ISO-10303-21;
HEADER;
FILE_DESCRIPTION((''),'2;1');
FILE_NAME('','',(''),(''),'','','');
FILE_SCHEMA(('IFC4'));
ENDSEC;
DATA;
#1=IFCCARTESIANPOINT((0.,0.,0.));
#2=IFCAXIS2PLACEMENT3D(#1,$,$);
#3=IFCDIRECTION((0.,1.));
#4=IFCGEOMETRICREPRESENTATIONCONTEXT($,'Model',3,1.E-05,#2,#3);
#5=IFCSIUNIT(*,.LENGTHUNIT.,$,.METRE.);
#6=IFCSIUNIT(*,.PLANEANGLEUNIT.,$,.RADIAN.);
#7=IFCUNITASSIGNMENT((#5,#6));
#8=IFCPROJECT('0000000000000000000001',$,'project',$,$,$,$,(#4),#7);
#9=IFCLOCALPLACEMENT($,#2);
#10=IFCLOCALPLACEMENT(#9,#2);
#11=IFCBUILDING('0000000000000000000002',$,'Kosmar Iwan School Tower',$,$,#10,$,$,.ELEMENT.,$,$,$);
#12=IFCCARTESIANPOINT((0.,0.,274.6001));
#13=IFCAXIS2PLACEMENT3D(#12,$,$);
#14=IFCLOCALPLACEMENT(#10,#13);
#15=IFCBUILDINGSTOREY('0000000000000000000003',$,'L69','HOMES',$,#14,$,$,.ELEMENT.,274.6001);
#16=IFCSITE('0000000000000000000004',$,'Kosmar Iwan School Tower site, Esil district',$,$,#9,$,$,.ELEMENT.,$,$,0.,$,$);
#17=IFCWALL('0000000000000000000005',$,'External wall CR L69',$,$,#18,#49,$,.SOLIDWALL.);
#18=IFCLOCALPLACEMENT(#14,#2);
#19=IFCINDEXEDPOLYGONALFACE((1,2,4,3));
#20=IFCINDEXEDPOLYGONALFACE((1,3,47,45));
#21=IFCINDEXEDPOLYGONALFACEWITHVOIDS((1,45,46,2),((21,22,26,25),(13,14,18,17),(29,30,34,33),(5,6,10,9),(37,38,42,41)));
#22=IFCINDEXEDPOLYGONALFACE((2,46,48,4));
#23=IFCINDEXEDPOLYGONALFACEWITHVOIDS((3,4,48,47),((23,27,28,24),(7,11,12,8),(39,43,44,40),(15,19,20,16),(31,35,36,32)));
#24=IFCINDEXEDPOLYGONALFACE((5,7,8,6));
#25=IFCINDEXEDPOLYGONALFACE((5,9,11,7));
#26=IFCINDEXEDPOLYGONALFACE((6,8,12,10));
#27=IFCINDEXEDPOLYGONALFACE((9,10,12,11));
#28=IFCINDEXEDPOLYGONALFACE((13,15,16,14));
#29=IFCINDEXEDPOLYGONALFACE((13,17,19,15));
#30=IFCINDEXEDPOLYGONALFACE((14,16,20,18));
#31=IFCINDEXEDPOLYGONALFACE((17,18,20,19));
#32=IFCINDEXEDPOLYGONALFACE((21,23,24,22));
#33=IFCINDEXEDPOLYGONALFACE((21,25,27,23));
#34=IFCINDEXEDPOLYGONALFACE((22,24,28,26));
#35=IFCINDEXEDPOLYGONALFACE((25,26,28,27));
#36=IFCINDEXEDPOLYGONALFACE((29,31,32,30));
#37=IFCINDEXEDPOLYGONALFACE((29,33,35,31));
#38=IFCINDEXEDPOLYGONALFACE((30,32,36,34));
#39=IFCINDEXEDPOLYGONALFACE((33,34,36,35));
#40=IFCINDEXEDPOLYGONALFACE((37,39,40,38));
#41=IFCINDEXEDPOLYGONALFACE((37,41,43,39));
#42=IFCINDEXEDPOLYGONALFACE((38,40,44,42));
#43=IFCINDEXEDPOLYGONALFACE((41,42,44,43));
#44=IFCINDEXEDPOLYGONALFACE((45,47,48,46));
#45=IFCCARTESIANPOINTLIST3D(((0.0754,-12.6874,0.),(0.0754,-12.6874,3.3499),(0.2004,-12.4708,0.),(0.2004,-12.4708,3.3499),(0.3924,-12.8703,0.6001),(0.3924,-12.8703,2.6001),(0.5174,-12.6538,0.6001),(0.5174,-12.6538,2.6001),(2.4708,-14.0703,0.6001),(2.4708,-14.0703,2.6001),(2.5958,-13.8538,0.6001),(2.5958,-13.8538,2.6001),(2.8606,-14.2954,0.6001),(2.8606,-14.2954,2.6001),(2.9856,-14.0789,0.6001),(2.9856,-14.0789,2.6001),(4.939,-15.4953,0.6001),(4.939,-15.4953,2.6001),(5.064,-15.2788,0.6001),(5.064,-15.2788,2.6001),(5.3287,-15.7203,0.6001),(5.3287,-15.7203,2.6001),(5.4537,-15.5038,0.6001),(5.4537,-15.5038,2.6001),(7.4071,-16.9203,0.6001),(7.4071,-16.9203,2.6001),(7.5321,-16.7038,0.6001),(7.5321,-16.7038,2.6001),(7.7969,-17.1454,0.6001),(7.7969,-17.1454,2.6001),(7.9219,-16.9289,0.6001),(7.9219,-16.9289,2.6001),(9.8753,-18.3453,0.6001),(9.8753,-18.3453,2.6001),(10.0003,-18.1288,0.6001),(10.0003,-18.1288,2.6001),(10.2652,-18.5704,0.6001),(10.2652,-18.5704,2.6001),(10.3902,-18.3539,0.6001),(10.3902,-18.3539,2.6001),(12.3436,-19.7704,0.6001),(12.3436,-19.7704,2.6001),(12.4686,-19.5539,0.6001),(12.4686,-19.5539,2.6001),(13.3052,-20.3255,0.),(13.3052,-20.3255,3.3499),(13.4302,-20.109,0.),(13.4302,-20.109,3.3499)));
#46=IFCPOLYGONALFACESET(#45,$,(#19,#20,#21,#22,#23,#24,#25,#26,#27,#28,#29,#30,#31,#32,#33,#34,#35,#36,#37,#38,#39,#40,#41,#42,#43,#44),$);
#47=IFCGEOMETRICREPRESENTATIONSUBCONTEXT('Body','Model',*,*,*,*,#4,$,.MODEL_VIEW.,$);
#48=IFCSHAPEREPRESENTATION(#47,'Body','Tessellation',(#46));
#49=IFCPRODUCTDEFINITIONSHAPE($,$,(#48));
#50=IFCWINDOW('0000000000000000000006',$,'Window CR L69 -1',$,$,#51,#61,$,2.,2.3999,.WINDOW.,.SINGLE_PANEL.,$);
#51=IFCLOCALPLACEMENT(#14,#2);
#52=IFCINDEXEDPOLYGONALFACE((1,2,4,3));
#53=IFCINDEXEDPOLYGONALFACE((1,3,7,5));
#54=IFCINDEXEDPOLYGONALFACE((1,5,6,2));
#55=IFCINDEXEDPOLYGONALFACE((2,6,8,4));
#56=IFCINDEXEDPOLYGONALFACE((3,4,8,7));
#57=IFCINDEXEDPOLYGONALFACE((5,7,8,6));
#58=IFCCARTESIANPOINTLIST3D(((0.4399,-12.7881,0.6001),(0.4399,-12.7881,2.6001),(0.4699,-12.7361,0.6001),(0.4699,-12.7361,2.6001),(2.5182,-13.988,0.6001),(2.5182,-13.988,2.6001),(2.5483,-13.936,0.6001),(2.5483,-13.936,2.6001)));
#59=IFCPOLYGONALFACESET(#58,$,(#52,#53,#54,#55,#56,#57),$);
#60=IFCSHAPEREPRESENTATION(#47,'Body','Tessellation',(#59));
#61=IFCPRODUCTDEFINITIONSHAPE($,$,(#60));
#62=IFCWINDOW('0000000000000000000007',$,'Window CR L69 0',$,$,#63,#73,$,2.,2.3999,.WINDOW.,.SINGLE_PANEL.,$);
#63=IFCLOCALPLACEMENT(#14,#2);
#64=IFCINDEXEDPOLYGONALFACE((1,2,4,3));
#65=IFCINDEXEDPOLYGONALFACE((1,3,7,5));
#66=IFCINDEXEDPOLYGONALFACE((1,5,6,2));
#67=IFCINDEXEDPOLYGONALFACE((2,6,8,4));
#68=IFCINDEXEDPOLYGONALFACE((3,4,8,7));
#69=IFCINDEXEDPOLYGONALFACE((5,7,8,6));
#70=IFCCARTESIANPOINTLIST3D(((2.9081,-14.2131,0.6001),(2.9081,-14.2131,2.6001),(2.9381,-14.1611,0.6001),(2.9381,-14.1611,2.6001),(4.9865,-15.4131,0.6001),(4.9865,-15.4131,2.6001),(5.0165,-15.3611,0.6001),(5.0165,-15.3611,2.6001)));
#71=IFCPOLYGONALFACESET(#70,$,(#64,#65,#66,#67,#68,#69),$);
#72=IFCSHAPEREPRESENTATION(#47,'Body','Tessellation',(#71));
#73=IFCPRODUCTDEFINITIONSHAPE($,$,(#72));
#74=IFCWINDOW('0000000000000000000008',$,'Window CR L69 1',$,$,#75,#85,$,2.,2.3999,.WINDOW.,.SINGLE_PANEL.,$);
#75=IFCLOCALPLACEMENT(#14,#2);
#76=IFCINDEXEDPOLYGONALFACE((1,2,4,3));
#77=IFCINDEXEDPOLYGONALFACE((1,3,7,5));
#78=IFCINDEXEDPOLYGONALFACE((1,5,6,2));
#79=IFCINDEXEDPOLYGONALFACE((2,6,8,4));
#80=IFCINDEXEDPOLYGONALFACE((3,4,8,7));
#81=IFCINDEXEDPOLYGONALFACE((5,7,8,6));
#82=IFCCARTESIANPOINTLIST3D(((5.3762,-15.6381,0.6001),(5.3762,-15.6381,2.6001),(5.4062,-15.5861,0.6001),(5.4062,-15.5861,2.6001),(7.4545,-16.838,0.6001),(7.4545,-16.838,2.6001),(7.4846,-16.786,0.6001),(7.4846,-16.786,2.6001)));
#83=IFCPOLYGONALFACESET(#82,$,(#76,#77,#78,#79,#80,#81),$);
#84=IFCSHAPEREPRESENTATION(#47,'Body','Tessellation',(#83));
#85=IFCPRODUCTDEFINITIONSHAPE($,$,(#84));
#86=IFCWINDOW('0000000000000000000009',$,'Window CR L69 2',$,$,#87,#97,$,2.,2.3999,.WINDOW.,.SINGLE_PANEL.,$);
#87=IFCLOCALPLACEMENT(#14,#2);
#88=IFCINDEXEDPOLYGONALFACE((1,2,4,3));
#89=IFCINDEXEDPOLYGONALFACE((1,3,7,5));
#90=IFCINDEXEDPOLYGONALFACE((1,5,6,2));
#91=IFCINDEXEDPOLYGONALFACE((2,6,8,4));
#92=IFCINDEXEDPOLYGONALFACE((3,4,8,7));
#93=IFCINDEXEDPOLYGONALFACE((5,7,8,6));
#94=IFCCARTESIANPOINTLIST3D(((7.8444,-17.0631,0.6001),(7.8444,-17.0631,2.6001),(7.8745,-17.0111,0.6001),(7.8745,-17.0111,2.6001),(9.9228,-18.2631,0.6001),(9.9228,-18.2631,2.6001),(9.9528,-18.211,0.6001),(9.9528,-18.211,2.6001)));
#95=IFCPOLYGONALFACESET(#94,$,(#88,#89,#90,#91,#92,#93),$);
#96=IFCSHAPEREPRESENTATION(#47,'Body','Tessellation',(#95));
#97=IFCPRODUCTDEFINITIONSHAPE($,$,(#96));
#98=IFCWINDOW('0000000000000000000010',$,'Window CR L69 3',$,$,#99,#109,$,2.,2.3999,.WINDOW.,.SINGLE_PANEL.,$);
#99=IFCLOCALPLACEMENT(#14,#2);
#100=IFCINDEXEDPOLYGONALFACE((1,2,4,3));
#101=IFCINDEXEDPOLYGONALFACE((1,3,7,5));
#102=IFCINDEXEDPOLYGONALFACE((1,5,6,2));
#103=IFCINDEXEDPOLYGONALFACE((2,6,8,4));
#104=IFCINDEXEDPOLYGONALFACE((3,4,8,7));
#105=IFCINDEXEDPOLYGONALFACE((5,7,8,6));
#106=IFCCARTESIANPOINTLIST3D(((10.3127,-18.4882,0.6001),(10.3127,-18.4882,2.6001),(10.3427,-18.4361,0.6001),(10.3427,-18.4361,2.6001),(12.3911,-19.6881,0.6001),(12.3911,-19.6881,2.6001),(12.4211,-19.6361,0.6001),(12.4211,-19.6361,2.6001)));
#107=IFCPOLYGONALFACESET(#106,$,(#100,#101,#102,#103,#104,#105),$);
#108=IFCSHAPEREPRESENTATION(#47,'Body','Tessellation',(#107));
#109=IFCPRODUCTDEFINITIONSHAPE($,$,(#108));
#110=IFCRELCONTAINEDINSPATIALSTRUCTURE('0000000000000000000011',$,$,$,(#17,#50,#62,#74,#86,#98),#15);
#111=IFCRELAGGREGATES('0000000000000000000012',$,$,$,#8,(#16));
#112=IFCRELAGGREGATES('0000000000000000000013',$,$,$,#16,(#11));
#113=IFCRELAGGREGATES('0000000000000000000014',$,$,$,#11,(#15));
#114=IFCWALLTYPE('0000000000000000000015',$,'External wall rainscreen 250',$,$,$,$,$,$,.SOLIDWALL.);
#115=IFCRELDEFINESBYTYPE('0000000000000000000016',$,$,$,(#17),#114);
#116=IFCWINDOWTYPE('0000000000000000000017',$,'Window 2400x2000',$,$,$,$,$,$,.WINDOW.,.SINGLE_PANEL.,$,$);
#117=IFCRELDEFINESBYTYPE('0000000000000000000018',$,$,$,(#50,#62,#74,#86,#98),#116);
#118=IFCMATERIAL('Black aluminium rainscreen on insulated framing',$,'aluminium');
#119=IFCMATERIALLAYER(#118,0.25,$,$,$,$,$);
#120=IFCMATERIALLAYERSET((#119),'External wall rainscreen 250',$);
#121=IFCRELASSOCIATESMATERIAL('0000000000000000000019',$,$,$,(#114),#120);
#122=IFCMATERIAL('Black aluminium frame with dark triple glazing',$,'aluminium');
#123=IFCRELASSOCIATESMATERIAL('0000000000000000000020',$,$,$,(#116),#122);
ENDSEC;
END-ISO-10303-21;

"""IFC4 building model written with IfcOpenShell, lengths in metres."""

from ifc_helpers import new_model, si_unit, direction, frame, frame_2d, origin, place, context, subcontext, project, spatial, rectangle, extrude, material, layer, layer_set, type_object, element, fill, save


model = new_model("IFC4")

# Units and contexts
model_context = context("Model", 3, precision=1e-05, world=origin(), true_north=direction((0.0, 1.0)))
body_context = subcontext(model_context, "Body", "Model", "MODEL_VIEW")
ifc_project = project(units=[si_unit("LENGTHUNIT", "METRE"), si_unit("PLANEANGLEUNIT", "RADIAN")], contexts=[model_context])

# Site, building, storey
site_placement = place(None, origin())
site = spatial("IfcSite", under=ifc_project, at=site_placement, Name="Kosmar Iwan School Tower site, Esil district", CompositionType="ELEMENT", RefElevation=0.0)
building_placement = place(site_placement, origin())
building = spatial("IfcBuilding", under=site, at=building_placement, Name="Kosmar Iwan School Tower", CompositionType="ELEMENT")
storey_placement = place(building_placement, frame((0.0, 0.0, 274.6001)))
storey = spatial("IfcBuildingStorey", under=building, at=storey_placement, Name="L69", Description="HOMES", CompositionType="ELEMENT", Elevation=274.6001)

# Wall, openings, windows
ifc_material_1 = material(Name="Black aluminium rainscreen on insulated framing", Category="aluminium")
ifc_layer_1 = layer(ifc_material_1, 0.25)
ifc_layer_set_1 = layer_set([ifc_layer_1], Name="External wall rainscreen 250")
wall_type_1 = type_object("IfcWallType", Name="External wall rainscreen 250", PredefinedType="SOLIDWALL", material=ifc_layer_set_1)
ifc_material_2 = material(Name="Black aluminium frame with dark triple glazing", Category="aluminium")
window_type = type_object("IfcWindowType", Name="Window 2400x2000", PartitioningType="SINGLE_PANEL", PredefinedType="WINDOW", material=ifc_material_2)
wall_1_placement = place(storey_placement, frame((0.1379, -12.5791, 0.0), z_axis=(0.0, 0.0, 1.0), x_axis=(0.866026, -0.5, 0.0)))
wall_1 = element("IfcWall", 1, at=wall_1_placement, inside=storey, type_object=wall_type_1, Name="External wall CR L69", PredefinedType="SOLIDWALL", context=body_context, shape_type="SweptSolid", body=[
    extrude(rectangle(XDim=15.2764, YDim=0.25, at=frame_2d((7.6382, 0.0))), origin(), (0.0, 0.0, 1.0), 3.3499),
])
opening_1_placement = place(wall_1_placement, frame((0.366, 0.0, 0.6001)))
opening_1 = element("IfcOpeningElement", 2, at=opening_1_placement, cuts=wall_1, PredefinedType="OPENING", context=body_context, shape_type="SweptSolid", body=[
    extrude(rectangle(XDim=2.3999, YDim=2.0, at=frame_2d((1.2, 1.0))), frame((0.0, 0.137, 0.0), z_axis=(0.0, -1.0, 0.0), x_axis=(1.0, 0.0, 0.0)), (0.0, 0.0, 1.0), 0.2739),
])
opening_2_placement = place(wall_1_placement, frame((3.2161, 0.0, 0.6001)))
opening_2 = element("IfcOpeningElement", 3, at=opening_2_placement, cuts=wall_1, PredefinedType="OPENING", context=body_context, shape_type="SweptSolid", body=[
    extrude(rectangle(XDim=2.3999, YDim=2.0, at=frame_2d((1.2, 1.0))), frame((0.0, 0.137, 0.0), z_axis=(0.0, -1.0, 0.0), x_axis=(1.0, 0.0, 0.0)), (0.0, 0.0, 1.0), 0.2739),
])
opening_3_placement = place(wall_1_placement, frame((6.0659, 0.0, 0.6001)))
opening_3 = element("IfcOpeningElement", 4, at=opening_3_placement, cuts=wall_1, PredefinedType="OPENING", context=body_context, shape_type="SweptSolid", body=[
    extrude(rectangle(XDim=2.3999, YDim=2.0, at=frame_2d((1.2, 1.0))), frame((0.0, 0.137, 0.0), z_axis=(0.0, -1.0, 0.0), x_axis=(1.0, 0.0, 0.0)), (0.0, 0.0, 1.0), 0.2739),
])
opening_4_placement = place(wall_1_placement, frame((8.916, 0.0, 0.6001)))
opening_4 = element("IfcOpeningElement", 5, at=opening_4_placement, cuts=wall_1, PredefinedType="OPENING", context=body_context, shape_type="SweptSolid", body=[
    extrude(rectangle(XDim=2.3999, YDim=2.0, at=frame_2d((1.2, 1.0))), frame((0.0, 0.137, 0.0), z_axis=(0.0, -1.0, 0.0), x_axis=(1.0, 0.0, 0.0)), (0.0, 0.0, 1.0), 0.2739),
])
opening_5_placement = place(wall_1_placement, frame((11.7661, 0.0, 0.6001)))
opening_5 = element("IfcOpeningElement", 6, at=opening_5_placement, cuts=wall_1, PredefinedType="OPENING", context=body_context, shape_type="SweptSolid", body=[
    extrude(rectangle(XDim=2.3999, YDim=2.0, at=frame_2d((1.2, 1.0))), frame((0.0, 0.137, 0.0), z_axis=(0.0, -1.0, 0.0), x_axis=(1.0, 0.0, 0.0)), (0.0, 0.0, 1.0), 0.2739),
])
window_1_placement = place(opening_1_placement, origin())
window_1 = element("IfcWindow", 7, at=window_1_placement, inside=storey, type_object=window_type, Name="Window CR L69 -1", OverallHeight=2.0, OverallWidth=2.3999, PartitioningType="SINGLE_PANEL", PredefinedType="WINDOW", context=body_context, shape_type="SweptSolid", body=[
    extrude(rectangle(XDim=2.3999, YDim=2.0, at=frame_2d((1.2, 1.0))), frame((0.0, 0.03, 0.0), z_axis=(0.0, -1.0, 0.0), x_axis=(1.0, 0.0, 0.0)), (0.0, 0.0, 1.0), 0.0601),
])
fill(opening_1, window_1)
window_2_placement = place(opening_2_placement, origin())
window_2 = element("IfcWindow", 8, at=window_2_placement, inside=storey, type_object=window_type, Name="Window CR L69 0", OverallHeight=2.0, OverallWidth=2.3999, PartitioningType="SINGLE_PANEL", PredefinedType="WINDOW", context=body_context, shape_type="SweptSolid", body=[
    extrude(rectangle(XDim=2.3999, YDim=2.0, at=frame_2d((1.2, 1.0))), frame((0.0, 0.03, 0.0), z_axis=(0.0, -1.0, 0.0), x_axis=(1.0, 0.0, 0.0)), (0.0, 0.0, 1.0), 0.0601),
])
fill(opening_2, window_2)
window_3_placement = place(opening_3_placement, origin())
window_3 = element("IfcWindow", 9, at=window_3_placement, inside=storey, type_object=window_type, Name="Window CR L69 1", OverallHeight=2.0, OverallWidth=2.3999, PartitioningType="SINGLE_PANEL", PredefinedType="WINDOW", context=body_context, shape_type="SweptSolid", body=[
    extrude(rectangle(XDim=2.3999, YDim=2.0, at=frame_2d((1.2, 1.0))), frame((0.0, 0.03, 0.0), z_axis=(0.0, -1.0, 0.0), x_axis=(1.0, 0.0, 0.0)), (0.0, 0.0, 1.0), 0.0601),
])
fill(opening_3, window_3)
window_4_placement = place(opening_4_placement, origin())
window_4 = element("IfcWindow", 10, at=window_4_placement, inside=storey, type_object=window_type, Name="Window CR L69 2", OverallHeight=2.0, OverallWidth=2.3999, PartitioningType="SINGLE_PANEL", PredefinedType="WINDOW", context=body_context, shape_type="SweptSolid", body=[
    extrude(rectangle(XDim=2.3999, YDim=2.0, at=frame_2d((1.2, 1.0))), frame((0.0, 0.03, 0.0), z_axis=(0.0, -1.0, 0.0), x_axis=(1.0, 0.0, 0.0)), (0.0, 0.0, 1.0), 0.0601),
])
fill(opening_4, window_4)
window_5_placement = place(opening_5_placement, origin())
window_5 = element("IfcWindow", 11, at=window_5_placement, inside=storey, type_object=window_type, Name="Window CR L69 3", OverallHeight=2.0, OverallWidth=2.3999, PartitioningType="SINGLE_PANEL", PredefinedType="WINDOW", context=body_context, shape_type="SweptSolid", body=[
    extrude(rectangle(XDim=2.3999, YDim=2.0, at=frame_2d((1.2, 1.0))), frame((0.0, 0.03, 0.0), z_axis=(0.0, -1.0, 0.0), x_axis=(1.0, 0.0, 0.0)), (0.0, 0.0, 1.0), 0.0601),
])
fill(opening_5, window_5)

save(model, "model.ifc")
